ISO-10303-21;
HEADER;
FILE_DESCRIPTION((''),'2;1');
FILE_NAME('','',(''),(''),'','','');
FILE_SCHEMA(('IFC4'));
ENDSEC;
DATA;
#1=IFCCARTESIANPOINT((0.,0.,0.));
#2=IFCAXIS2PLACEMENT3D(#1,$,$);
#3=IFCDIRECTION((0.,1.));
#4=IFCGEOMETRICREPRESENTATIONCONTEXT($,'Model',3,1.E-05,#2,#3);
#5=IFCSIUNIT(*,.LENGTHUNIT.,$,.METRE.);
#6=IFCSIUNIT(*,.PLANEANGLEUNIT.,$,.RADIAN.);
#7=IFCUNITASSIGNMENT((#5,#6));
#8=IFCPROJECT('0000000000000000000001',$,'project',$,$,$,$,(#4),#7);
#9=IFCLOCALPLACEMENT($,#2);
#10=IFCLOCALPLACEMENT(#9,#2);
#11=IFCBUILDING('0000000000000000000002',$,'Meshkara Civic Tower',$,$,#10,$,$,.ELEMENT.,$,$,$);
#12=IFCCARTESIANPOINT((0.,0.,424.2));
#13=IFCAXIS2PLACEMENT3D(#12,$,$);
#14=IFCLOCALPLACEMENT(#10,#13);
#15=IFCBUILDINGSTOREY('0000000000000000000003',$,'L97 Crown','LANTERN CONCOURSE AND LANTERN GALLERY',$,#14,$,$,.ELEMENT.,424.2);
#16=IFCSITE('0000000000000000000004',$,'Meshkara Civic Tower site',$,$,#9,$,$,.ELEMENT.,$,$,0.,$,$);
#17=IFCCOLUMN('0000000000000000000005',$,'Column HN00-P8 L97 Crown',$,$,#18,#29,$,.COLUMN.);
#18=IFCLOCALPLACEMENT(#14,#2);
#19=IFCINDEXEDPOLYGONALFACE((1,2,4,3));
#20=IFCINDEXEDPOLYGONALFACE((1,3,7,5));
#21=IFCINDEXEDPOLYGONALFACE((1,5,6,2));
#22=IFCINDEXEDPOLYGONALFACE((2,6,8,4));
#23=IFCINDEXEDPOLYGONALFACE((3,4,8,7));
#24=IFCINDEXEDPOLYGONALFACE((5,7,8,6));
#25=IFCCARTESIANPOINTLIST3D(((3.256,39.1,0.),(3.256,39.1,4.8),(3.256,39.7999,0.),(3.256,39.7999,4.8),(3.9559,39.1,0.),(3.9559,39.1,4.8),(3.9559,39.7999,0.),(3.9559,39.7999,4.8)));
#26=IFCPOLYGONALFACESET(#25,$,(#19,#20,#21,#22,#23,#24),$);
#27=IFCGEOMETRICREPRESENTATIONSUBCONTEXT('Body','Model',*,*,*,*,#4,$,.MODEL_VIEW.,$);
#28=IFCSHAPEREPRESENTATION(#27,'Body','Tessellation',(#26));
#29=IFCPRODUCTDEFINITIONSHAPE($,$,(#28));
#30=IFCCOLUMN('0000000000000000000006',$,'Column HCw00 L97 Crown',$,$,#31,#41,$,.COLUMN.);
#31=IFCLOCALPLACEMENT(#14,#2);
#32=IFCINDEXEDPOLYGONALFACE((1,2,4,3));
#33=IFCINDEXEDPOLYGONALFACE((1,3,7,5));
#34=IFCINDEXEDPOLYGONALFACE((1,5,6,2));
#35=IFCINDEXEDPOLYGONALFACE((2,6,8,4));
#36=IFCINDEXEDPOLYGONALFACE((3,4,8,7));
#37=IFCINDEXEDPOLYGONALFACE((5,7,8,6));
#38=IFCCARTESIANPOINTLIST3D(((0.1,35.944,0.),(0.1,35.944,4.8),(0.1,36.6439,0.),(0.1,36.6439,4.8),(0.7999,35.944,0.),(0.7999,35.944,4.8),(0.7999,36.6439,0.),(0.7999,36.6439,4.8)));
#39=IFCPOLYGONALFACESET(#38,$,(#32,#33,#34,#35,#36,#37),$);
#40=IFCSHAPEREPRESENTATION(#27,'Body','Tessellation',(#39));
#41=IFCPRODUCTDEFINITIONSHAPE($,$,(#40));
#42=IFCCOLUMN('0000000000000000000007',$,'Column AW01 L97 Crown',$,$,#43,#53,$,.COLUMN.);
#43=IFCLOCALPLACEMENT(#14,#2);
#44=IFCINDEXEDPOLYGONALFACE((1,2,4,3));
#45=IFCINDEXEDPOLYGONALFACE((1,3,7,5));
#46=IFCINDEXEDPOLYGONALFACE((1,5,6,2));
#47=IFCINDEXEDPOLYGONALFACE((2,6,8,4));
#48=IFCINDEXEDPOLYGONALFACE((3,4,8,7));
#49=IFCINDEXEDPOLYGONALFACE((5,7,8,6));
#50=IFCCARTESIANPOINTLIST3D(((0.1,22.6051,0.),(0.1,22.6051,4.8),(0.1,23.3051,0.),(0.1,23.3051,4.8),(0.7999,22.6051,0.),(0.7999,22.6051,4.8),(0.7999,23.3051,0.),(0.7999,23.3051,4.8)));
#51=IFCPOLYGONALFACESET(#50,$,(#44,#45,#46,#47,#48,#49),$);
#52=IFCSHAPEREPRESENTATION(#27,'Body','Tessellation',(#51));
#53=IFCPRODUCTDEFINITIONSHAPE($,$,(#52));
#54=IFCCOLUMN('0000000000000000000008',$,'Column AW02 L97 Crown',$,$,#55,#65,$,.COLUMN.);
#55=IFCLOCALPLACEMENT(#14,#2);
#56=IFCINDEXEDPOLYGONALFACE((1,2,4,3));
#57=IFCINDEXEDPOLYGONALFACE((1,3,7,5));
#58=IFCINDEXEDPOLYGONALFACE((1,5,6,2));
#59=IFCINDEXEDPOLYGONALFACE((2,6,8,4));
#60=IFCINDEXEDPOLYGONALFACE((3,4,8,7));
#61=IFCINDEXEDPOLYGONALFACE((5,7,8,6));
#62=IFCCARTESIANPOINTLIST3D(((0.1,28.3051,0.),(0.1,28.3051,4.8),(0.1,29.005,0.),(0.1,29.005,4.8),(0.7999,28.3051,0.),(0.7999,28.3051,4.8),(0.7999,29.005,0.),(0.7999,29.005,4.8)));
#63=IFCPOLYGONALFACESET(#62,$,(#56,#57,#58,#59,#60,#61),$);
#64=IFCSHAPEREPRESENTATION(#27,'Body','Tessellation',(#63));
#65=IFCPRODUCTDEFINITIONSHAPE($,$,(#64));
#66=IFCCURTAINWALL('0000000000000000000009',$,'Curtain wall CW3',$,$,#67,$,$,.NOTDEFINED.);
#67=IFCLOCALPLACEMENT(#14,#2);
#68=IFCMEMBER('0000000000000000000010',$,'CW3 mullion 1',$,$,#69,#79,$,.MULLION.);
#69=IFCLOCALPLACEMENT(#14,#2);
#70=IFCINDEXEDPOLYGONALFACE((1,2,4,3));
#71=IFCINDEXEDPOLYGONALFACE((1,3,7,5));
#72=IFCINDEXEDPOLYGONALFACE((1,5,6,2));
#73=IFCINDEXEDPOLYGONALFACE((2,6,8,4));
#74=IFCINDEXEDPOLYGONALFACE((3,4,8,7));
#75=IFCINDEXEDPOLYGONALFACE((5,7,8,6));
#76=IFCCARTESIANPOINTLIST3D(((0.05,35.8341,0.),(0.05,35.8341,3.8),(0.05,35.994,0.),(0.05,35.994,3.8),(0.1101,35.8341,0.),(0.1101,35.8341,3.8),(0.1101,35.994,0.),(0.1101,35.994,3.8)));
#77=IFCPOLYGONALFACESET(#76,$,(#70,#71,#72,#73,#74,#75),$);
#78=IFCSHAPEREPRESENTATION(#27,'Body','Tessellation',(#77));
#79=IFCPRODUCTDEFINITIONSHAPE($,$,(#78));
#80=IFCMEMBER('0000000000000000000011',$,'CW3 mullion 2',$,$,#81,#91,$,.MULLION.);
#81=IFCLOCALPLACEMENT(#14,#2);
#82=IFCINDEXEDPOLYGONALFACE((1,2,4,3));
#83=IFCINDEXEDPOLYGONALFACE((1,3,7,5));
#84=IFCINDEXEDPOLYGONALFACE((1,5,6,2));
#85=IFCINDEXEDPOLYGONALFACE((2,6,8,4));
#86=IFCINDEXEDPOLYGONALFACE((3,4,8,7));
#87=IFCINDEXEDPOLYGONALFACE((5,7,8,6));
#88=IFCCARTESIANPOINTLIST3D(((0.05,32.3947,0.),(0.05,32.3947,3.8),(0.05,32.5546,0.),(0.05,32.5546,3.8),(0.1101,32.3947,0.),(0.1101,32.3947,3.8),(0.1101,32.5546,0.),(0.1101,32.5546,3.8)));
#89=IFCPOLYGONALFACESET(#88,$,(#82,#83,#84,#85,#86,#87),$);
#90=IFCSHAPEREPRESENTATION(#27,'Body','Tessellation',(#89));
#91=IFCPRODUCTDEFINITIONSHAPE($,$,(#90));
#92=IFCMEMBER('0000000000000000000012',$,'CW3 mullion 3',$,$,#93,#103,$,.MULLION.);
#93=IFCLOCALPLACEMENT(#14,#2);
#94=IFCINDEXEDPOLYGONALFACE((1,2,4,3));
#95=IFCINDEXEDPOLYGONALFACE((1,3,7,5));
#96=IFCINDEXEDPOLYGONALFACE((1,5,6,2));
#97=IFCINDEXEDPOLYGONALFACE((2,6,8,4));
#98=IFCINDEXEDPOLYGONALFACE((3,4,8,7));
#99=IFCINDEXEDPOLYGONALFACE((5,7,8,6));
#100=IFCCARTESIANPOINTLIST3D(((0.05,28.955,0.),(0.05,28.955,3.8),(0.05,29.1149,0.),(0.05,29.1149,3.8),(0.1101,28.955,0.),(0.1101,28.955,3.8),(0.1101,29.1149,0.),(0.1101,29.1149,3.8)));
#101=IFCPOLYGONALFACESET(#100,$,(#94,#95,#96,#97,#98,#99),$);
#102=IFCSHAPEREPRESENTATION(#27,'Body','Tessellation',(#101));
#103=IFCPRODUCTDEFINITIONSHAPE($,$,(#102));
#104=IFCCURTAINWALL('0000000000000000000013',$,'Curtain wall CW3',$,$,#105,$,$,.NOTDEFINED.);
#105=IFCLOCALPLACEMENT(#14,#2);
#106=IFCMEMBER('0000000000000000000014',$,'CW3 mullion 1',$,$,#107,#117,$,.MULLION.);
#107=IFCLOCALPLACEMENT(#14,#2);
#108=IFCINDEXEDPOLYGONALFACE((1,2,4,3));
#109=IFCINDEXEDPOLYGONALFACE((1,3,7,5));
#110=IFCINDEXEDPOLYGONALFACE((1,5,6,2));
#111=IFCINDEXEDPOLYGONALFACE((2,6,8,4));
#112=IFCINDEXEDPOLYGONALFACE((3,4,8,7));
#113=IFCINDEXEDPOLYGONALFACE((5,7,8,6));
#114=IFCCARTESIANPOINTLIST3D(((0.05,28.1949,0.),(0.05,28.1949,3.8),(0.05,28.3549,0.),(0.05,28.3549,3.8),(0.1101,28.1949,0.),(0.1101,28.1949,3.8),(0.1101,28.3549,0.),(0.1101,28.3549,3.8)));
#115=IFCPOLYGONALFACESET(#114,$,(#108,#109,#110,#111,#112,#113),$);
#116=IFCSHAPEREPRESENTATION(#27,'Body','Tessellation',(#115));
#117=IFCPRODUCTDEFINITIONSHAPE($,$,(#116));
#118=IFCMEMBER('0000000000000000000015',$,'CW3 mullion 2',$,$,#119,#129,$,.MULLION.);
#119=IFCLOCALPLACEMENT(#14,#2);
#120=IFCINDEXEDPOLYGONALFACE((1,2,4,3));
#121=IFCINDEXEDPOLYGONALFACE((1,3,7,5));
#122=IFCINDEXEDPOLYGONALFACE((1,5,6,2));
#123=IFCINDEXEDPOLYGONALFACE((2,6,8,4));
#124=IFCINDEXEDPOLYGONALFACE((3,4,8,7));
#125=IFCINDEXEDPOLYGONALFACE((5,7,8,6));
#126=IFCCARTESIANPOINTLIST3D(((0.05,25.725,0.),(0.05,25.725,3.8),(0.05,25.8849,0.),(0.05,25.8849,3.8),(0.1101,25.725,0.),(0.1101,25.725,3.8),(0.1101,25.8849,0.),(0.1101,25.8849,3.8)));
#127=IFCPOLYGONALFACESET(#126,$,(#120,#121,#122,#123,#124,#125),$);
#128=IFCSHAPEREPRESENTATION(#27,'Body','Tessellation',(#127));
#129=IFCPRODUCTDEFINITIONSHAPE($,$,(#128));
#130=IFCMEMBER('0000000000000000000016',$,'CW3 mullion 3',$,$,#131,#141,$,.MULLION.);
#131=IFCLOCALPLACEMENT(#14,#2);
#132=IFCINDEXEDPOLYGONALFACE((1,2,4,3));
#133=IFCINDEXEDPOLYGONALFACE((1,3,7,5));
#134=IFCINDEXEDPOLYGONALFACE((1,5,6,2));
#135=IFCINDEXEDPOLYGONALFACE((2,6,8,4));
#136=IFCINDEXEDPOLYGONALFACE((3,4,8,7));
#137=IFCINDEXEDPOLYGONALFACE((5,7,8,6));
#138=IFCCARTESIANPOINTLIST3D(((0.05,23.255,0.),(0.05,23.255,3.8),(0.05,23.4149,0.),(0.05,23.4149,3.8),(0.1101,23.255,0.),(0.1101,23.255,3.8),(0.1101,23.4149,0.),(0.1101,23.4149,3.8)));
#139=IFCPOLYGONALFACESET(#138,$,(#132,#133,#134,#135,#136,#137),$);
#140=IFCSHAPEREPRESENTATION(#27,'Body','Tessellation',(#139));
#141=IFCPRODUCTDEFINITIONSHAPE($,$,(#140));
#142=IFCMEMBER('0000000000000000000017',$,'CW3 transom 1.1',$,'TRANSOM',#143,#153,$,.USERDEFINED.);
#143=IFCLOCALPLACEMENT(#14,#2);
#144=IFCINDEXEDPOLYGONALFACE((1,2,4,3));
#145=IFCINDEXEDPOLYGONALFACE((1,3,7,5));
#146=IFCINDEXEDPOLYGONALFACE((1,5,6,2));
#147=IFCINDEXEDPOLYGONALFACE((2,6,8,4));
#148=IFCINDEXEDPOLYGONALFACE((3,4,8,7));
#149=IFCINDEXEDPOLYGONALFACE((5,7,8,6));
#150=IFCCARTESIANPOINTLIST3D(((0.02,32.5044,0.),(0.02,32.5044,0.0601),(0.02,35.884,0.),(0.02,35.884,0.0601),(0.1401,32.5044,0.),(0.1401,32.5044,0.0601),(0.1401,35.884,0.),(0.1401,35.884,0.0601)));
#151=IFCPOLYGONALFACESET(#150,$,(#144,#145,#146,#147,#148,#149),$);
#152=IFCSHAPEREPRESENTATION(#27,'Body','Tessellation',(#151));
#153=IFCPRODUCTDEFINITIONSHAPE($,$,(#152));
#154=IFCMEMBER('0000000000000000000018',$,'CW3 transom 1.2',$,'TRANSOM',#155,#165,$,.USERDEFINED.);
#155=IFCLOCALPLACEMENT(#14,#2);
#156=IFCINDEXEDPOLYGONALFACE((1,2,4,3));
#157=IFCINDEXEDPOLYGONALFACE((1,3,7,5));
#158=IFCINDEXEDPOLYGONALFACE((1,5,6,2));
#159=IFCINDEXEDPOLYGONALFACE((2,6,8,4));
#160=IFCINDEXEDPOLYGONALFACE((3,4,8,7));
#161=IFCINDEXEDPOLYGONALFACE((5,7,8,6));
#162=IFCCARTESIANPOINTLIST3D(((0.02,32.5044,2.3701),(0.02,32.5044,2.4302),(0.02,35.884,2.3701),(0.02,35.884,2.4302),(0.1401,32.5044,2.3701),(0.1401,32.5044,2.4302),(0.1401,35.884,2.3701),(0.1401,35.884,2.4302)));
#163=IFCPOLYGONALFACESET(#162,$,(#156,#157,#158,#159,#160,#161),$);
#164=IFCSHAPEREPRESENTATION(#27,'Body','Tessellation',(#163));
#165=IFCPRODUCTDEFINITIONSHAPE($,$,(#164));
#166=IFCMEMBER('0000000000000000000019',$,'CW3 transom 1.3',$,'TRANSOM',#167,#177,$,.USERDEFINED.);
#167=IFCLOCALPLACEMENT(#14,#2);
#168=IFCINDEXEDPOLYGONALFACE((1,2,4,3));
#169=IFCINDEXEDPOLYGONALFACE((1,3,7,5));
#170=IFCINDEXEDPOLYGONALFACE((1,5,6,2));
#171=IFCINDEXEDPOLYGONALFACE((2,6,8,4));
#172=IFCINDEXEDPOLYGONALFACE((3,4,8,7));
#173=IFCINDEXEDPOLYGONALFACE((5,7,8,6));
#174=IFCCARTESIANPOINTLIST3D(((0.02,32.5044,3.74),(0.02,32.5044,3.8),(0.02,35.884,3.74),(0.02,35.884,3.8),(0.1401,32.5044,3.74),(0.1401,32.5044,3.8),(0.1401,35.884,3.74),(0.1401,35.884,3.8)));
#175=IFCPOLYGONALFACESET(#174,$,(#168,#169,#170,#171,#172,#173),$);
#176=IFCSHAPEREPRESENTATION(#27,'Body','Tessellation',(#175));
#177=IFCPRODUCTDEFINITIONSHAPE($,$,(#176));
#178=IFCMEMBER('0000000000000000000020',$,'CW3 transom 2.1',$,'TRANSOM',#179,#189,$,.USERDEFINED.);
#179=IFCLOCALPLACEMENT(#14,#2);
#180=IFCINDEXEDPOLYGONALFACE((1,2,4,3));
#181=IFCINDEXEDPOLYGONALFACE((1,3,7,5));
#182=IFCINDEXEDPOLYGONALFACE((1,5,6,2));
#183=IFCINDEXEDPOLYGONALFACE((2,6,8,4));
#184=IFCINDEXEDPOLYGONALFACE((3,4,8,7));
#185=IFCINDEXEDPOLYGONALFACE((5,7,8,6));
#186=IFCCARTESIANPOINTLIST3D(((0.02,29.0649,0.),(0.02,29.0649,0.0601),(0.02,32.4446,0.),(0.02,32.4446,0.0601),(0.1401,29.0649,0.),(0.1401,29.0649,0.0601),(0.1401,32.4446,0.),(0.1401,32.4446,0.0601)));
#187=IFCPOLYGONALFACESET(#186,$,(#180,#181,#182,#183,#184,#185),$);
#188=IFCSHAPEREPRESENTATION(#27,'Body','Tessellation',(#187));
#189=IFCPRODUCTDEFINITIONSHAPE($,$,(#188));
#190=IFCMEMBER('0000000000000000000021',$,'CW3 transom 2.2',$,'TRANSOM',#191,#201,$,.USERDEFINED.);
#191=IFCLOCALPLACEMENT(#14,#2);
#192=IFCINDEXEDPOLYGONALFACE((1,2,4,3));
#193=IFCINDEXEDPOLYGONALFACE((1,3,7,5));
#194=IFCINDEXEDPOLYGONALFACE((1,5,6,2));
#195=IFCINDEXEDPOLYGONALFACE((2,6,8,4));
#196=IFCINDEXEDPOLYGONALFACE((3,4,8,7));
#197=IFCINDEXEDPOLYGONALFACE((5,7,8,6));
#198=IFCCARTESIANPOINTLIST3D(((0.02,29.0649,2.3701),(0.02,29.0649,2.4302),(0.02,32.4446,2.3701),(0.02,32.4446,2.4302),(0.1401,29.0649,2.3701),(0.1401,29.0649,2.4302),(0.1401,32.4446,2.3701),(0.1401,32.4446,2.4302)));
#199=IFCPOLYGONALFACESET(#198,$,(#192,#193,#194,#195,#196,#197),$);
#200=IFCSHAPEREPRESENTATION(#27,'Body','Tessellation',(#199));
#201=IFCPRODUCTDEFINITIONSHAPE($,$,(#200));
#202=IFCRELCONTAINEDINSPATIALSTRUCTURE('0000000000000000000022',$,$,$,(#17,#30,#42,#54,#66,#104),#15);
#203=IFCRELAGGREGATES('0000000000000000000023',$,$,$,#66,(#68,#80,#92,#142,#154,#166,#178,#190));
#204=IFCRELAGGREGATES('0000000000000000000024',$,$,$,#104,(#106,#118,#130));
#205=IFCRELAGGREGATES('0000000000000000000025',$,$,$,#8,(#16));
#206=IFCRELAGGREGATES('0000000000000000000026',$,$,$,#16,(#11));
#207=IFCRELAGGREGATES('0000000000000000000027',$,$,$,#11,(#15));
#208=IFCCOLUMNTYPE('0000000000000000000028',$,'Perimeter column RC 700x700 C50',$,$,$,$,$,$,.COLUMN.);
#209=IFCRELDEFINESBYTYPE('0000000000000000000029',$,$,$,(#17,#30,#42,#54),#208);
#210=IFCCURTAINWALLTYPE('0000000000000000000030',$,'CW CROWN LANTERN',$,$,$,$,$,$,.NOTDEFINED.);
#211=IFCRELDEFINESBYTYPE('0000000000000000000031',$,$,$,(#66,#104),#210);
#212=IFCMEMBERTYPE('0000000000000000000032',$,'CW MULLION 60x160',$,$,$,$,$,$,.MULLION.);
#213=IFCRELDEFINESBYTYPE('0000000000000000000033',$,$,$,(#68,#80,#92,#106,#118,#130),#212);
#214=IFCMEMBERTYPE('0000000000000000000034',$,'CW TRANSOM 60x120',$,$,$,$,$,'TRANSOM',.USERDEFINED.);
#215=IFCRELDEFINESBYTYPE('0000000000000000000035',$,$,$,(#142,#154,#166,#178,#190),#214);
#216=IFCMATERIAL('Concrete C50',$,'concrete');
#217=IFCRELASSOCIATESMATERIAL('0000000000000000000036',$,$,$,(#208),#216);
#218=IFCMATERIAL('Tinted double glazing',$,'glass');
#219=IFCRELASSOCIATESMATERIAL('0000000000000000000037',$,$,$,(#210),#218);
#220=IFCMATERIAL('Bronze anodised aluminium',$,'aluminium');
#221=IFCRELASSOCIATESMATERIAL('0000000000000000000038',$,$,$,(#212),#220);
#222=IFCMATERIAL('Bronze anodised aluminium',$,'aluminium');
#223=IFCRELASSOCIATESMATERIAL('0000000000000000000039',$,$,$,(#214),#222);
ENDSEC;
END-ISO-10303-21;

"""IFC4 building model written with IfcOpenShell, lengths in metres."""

from ifc_helpers import new_model, si_unit, direction, frame, origin, origin_2d, place, context, subcontext, project, spatial, rectangle, extrude, material, material_profile, profile_set, type_object, element, aggregate, save


model = new_model("IFC4")

# Units and contexts
model_context = context("Model", 3, precision=1e-05, world=origin(), true_north=direction((0.0, 1.0)))
body_context = subcontext(model_context, "Body", "Model", "MODEL_VIEW")
ifc_project = project(units=[si_unit("LENGTHUNIT", "METRE"), si_unit("PLANEANGLEUNIT", "RADIAN")], contexts=[model_context])

# Site, building, storey
site_placement = place(None, origin())
site = spatial("IfcSite", under=ifc_project, at=site_placement, Name="Meshkara Civic Tower site", CompositionType="ELEMENT", RefElevation=0.0)
building_placement = place(site_placement, origin())
building = spatial("IfcBuilding", under=site, at=building_placement, Name="Meshkara Civic Tower", CompositionType="ELEMENT")
storey_placement = place(building_placement, frame((0.0, 0.0, 424.2)))
storey = spatial("IfcBuildingStorey", under=building, at=storey_placement, Name="L97 Crown", Description="LANTERN CONCOURSE AND LANTERN GALLERY", CompositionType="ELEMENT", Elevation=424.2)

# Columns
ifc_material_1 = material(Name="Concrete C50", Category="concrete")
ifc_material_profile_1 = material_profile(ifc_material_1, rectangle(XDim=0.7, YDim=0.7, at=origin_2d()))
ifc_profile_set_1 = profile_set([ifc_material_profile_1], Name="Concrete C50")
column_type = type_object("IfcColumnType", Name="Perimeter column RC 700x700 C50", PredefinedType="COLUMN", material=ifc_profile_set_1)
for number, where, z_axis, x_axis, name in (
    (1, (3.606, 39.45, 0.0), (0.0, 0.0, 1.0), (1.0, 0.0, 0.0), "Column HN00-P8 L97 Crown"),
    (2, (0.45, 36.2939, 0.0), (0.0, 0.0, 1.0), (1.0, 0.0, 0.0), "Column HCw00 L97 Crown"),
    (3, (0.45, 22.9551, 0.0), (0.0, 0.0, 1.0), (1.0, 0.0, 0.0), "Column AW01 L97 Crown"),
    (4, (0.45, 28.655, 0.0), (0.0, 0.0, 1.0), (1.0, 0.0, 0.0), "Column AW02 L97 Crown"),
):
    element("IfcColumn", number, at=place(storey_placement, frame(where, z_axis=z_axis, x_axis=x_axis)), inside=storey, type_object=column_type, Name=name, PredefinedType="COLUMN", context=body_context, shape_type="SweptSolid", body=[
        extrude(rectangle(XDim=0.7, YDim=0.7, at=origin_2d()), origin(), (0.0, 0.0, 1.0), 4.8),
    ])

# Curtain walls, members
ifc_material_2 = material(Name="Tinted double glazing", Category="glass")
curtain_wall_type = type_object("IfcCurtainWallType", Name="CW CROWN LANTERN", PredefinedType="NOTDEFINED", material=ifc_material_2)
curtain_wall_1_placement = place(storey_placement, origin())
curtain_wall_1 = element("IfcCurtainWall", 5, at=curtain_wall_1_placement, inside=storey, type_object=curtain_wall_type, Name="Curtain wall CW3", PredefinedType="NOTDEFINED")
ifc_material_3 = material(Name="Bronze anodised aluminium", Category="aluminium")
ifc_material_profile_2 = material_profile(ifc_material_3, rectangle(XDim=0.0601, YDim=0.1599, at=origin_2d()))
ifc_profile_set_2 = profile_set([ifc_material_profile_2], Name="Bronze anodised aluminium")
member_type_1 = type_object("IfcMemberType", Name="CW MULLION 60x160", PredefinedType="MULLION", material=ifc_profile_set_2)
member_1_placement = place(storey_placement, frame((0.0801, 35.9141, 0.0), z_axis=(0.0, 0.0, 1.0), x_axis=(1.0, 0.0, 0.0)))
member_1 = element("IfcMember", 6, at=member_1_placement, type_object=member_type_1, Name="CW3 mullion 1", PredefinedType="MULLION", context=body_context, shape_type="SweptSolid", body=[
    extrude(rectangle(XDim=0.0601, YDim=0.1599, at=origin_2d()), origin(), (0.0, 0.0, 1.0), 3.8),
])
member_2_placement = place(storey_placement, frame((0.0801, 32.4746, 0.0), z_axis=(0.0, 0.0, 1.0), x_axis=(1.0, 0.0, 0.0)))
member_2 = element("IfcMember", 7, at=member_2_placement, type_object=member_type_1, Name="CW3 mullion 2", PredefinedType="MULLION", context=body_context, shape_type="SweptSolid", body=[
    extrude(rectangle(XDim=0.0601, YDim=0.1599, at=origin_2d()), origin(), (0.0, 0.0, 1.0), 3.8),
])
member_3_placement = place(storey_placement, frame((0.0801, 29.0349, 0.0), z_axis=(0.0, 0.0, 1.0), x_axis=(1.0, 0.0, 0.0)))
member_3 = element("IfcMember", 8, at=member_3_placement, type_object=member_type_1, Name="CW3 mullion 3", PredefinedType="MULLION", context=body_context, shape_type="SweptSolid", body=[
    extrude(rectangle(XDim=0.0601, YDim=0.1599, at=origin_2d()), origin(), (0.0, 0.0, 1.0), 3.8),
])
curtain_wall_2_placement = place(storey_placement, origin())
curtain_wall_2 = element("IfcCurtainWall", 9, at=curtain_wall_2_placement, inside=storey, type_object=curtain_wall_type, Name="Curtain wall CW3", PredefinedType="NOTDEFINED")
member_4_placement = place(storey_placement, frame((0.0801, 28.2749, 0.0), z_axis=(0.0, 0.0, 1.0), x_axis=(1.0, 0.0, 0.0)))
member_4 = element("IfcMember", 10, at=member_4_placement, type_object=member_type_1, Name="CW3 mullion 1", PredefinedType="MULLION", context=body_context, shape_type="SweptSolid", body=[
    extrude(rectangle(XDim=0.0601, YDim=0.1599, at=origin_2d()), origin(), (0.0, 0.0, 1.0), 3.8),
])
member_5_placement = place(storey_placement, frame((0.0801, 25.8049, 0.0), z_axis=(0.0, 0.0, 1.0), x_axis=(1.0, 0.0, 0.0)))
member_5 = element("IfcMember", 11, at=member_5_placement, type_object=member_type_1, Name="CW3 mullion 2", PredefinedType="MULLION", context=body_context, shape_type="SweptSolid", body=[
    extrude(rectangle(XDim=0.0601, YDim=0.1599, at=origin_2d()), origin(), (0.0, 0.0, 1.0), 3.8),
])
member_6_placement = place(storey_placement, frame((0.0801, 23.335, 0.0), z_axis=(0.0, 0.0, 1.0), x_axis=(1.0, 0.0, 0.0)))
member_6 = element("IfcMember", 12, at=member_6_placement, type_object=member_type_1, Name="CW3 mullion 3", PredefinedType="MULLION", context=body_context, shape_type="SweptSolid", body=[
    extrude(rectangle(XDim=0.0601, YDim=0.1599, at=origin_2d()), origin(), (0.0, 0.0, 1.0), 3.8),
])

# Members
ifc_material_4 = material(Name="Bronze anodised aluminium", Category="aluminium")
ifc_material_profile_3 = material_profile(ifc_material_4, rectangle(XDim=0.1201, YDim=0.0601, at=origin_2d()))
ifc_profile_set_3 = profile_set([ifc_material_profile_3], Name="Bronze anodised aluminium")
member_type_2 = type_object("IfcMemberType", Name="CW TRANSOM 60x120", ElementType="TRANSOM", PredefinedType="USERDEFINED", material=ifc_profile_set_3)
member_7_placement = place(storey_placement, frame((0.0801, 35.884, 0.03), z_axis=(0.0, -1.0, 0.0), x_axis=(1.0, 0.0, 0.0)))
member_7 = element("IfcMember", 13, at=member_7_placement, type_object=member_type_2, Name="CW3 transom 1.1", ObjectType="TRANSOM", PredefinedType="USERDEFINED", context=body_context, shape_type="SweptSolid", body=[
    extrude(rectangle(XDim=0.1201, YDim=0.0601, at=origin_2d()), origin(), (0.0, 0.0, 1.0), 3.3796),
])
member_8_placement = place(storey_placement, frame((0.0801, 35.884, 2.4001), z_axis=(0.0, -1.0, 0.0), x_axis=(1.0, 0.0, 0.0)))
member_8 = element("IfcMember", 14, at=member_8_placement, type_object=member_type_2, Name="CW3 transom 1.2", ObjectType="TRANSOM", PredefinedType="USERDEFINED", context=body_context, shape_type="SweptSolid", body=[
    extrude(rectangle(XDim=0.1201, YDim=0.0601, at=origin_2d()), origin(), (0.0, 0.0, 1.0), 3.3796),
])
member_9_placement = place(storey_placement, frame((0.0801, 35.884, 3.77), z_axis=(0.0, -1.0, 0.0), x_axis=(1.0, 0.0, 0.0)))
member_9 = element("IfcMember", 15, at=member_9_placement, type_object=member_type_2, Name="CW3 transom 1.3", ObjectType="TRANSOM", PredefinedType="USERDEFINED", context=body_context, shape_type="SweptSolid", body=[
    extrude(rectangle(XDim=0.1201, YDim=0.0601, at=origin_2d()), origin(), (0.0, 0.0, 1.0), 3.3796),
])
member_10_placement = place(storey_placement, frame((0.0801, 32.4446, 0.03), z_axis=(0.0, -1.0, 0.0), x_axis=(1.0, 0.0, 0.0)))
member_10 = element("IfcMember", 16, at=member_10_placement, type_object=member_type_2, Name="CW3 transom 2.1", ObjectType="TRANSOM", PredefinedType="USERDEFINED", context=body_context, shape_type="SweptSolid", body=[
    extrude(rectangle(XDim=0.1201, YDim=0.0601, at=origin_2d()), origin(), (0.0, 0.0, 1.0), 3.3796),
])
member_11_placement = place(storey_placement, frame((0.0801, 32.4446, 2.4001), z_axis=(0.0, -1.0, 0.0), x_axis=(1.0, 0.0, 0.0)))
member_11 = element("IfcMember", 17, at=member_11_placement, type_object=member_type_2, Name="CW3 transom 2.2", ObjectType="TRANSOM", PredefinedType="USERDEFINED", context=body_context, shape_type="SweptSolid", body=[
    extrude(rectangle(XDim=0.1201, YDim=0.0601, at=origin_2d()), origin(), (0.0, 0.0, 1.0), 3.3796),
])

aggregate(curtain_wall_1, [member_1, member_2, member_3, member_7, member_8, member_9, member_10, member_11])
aggregate(curtain_wall_2, [member_4, member_5, member_6])

save(model, "model.ifc")
